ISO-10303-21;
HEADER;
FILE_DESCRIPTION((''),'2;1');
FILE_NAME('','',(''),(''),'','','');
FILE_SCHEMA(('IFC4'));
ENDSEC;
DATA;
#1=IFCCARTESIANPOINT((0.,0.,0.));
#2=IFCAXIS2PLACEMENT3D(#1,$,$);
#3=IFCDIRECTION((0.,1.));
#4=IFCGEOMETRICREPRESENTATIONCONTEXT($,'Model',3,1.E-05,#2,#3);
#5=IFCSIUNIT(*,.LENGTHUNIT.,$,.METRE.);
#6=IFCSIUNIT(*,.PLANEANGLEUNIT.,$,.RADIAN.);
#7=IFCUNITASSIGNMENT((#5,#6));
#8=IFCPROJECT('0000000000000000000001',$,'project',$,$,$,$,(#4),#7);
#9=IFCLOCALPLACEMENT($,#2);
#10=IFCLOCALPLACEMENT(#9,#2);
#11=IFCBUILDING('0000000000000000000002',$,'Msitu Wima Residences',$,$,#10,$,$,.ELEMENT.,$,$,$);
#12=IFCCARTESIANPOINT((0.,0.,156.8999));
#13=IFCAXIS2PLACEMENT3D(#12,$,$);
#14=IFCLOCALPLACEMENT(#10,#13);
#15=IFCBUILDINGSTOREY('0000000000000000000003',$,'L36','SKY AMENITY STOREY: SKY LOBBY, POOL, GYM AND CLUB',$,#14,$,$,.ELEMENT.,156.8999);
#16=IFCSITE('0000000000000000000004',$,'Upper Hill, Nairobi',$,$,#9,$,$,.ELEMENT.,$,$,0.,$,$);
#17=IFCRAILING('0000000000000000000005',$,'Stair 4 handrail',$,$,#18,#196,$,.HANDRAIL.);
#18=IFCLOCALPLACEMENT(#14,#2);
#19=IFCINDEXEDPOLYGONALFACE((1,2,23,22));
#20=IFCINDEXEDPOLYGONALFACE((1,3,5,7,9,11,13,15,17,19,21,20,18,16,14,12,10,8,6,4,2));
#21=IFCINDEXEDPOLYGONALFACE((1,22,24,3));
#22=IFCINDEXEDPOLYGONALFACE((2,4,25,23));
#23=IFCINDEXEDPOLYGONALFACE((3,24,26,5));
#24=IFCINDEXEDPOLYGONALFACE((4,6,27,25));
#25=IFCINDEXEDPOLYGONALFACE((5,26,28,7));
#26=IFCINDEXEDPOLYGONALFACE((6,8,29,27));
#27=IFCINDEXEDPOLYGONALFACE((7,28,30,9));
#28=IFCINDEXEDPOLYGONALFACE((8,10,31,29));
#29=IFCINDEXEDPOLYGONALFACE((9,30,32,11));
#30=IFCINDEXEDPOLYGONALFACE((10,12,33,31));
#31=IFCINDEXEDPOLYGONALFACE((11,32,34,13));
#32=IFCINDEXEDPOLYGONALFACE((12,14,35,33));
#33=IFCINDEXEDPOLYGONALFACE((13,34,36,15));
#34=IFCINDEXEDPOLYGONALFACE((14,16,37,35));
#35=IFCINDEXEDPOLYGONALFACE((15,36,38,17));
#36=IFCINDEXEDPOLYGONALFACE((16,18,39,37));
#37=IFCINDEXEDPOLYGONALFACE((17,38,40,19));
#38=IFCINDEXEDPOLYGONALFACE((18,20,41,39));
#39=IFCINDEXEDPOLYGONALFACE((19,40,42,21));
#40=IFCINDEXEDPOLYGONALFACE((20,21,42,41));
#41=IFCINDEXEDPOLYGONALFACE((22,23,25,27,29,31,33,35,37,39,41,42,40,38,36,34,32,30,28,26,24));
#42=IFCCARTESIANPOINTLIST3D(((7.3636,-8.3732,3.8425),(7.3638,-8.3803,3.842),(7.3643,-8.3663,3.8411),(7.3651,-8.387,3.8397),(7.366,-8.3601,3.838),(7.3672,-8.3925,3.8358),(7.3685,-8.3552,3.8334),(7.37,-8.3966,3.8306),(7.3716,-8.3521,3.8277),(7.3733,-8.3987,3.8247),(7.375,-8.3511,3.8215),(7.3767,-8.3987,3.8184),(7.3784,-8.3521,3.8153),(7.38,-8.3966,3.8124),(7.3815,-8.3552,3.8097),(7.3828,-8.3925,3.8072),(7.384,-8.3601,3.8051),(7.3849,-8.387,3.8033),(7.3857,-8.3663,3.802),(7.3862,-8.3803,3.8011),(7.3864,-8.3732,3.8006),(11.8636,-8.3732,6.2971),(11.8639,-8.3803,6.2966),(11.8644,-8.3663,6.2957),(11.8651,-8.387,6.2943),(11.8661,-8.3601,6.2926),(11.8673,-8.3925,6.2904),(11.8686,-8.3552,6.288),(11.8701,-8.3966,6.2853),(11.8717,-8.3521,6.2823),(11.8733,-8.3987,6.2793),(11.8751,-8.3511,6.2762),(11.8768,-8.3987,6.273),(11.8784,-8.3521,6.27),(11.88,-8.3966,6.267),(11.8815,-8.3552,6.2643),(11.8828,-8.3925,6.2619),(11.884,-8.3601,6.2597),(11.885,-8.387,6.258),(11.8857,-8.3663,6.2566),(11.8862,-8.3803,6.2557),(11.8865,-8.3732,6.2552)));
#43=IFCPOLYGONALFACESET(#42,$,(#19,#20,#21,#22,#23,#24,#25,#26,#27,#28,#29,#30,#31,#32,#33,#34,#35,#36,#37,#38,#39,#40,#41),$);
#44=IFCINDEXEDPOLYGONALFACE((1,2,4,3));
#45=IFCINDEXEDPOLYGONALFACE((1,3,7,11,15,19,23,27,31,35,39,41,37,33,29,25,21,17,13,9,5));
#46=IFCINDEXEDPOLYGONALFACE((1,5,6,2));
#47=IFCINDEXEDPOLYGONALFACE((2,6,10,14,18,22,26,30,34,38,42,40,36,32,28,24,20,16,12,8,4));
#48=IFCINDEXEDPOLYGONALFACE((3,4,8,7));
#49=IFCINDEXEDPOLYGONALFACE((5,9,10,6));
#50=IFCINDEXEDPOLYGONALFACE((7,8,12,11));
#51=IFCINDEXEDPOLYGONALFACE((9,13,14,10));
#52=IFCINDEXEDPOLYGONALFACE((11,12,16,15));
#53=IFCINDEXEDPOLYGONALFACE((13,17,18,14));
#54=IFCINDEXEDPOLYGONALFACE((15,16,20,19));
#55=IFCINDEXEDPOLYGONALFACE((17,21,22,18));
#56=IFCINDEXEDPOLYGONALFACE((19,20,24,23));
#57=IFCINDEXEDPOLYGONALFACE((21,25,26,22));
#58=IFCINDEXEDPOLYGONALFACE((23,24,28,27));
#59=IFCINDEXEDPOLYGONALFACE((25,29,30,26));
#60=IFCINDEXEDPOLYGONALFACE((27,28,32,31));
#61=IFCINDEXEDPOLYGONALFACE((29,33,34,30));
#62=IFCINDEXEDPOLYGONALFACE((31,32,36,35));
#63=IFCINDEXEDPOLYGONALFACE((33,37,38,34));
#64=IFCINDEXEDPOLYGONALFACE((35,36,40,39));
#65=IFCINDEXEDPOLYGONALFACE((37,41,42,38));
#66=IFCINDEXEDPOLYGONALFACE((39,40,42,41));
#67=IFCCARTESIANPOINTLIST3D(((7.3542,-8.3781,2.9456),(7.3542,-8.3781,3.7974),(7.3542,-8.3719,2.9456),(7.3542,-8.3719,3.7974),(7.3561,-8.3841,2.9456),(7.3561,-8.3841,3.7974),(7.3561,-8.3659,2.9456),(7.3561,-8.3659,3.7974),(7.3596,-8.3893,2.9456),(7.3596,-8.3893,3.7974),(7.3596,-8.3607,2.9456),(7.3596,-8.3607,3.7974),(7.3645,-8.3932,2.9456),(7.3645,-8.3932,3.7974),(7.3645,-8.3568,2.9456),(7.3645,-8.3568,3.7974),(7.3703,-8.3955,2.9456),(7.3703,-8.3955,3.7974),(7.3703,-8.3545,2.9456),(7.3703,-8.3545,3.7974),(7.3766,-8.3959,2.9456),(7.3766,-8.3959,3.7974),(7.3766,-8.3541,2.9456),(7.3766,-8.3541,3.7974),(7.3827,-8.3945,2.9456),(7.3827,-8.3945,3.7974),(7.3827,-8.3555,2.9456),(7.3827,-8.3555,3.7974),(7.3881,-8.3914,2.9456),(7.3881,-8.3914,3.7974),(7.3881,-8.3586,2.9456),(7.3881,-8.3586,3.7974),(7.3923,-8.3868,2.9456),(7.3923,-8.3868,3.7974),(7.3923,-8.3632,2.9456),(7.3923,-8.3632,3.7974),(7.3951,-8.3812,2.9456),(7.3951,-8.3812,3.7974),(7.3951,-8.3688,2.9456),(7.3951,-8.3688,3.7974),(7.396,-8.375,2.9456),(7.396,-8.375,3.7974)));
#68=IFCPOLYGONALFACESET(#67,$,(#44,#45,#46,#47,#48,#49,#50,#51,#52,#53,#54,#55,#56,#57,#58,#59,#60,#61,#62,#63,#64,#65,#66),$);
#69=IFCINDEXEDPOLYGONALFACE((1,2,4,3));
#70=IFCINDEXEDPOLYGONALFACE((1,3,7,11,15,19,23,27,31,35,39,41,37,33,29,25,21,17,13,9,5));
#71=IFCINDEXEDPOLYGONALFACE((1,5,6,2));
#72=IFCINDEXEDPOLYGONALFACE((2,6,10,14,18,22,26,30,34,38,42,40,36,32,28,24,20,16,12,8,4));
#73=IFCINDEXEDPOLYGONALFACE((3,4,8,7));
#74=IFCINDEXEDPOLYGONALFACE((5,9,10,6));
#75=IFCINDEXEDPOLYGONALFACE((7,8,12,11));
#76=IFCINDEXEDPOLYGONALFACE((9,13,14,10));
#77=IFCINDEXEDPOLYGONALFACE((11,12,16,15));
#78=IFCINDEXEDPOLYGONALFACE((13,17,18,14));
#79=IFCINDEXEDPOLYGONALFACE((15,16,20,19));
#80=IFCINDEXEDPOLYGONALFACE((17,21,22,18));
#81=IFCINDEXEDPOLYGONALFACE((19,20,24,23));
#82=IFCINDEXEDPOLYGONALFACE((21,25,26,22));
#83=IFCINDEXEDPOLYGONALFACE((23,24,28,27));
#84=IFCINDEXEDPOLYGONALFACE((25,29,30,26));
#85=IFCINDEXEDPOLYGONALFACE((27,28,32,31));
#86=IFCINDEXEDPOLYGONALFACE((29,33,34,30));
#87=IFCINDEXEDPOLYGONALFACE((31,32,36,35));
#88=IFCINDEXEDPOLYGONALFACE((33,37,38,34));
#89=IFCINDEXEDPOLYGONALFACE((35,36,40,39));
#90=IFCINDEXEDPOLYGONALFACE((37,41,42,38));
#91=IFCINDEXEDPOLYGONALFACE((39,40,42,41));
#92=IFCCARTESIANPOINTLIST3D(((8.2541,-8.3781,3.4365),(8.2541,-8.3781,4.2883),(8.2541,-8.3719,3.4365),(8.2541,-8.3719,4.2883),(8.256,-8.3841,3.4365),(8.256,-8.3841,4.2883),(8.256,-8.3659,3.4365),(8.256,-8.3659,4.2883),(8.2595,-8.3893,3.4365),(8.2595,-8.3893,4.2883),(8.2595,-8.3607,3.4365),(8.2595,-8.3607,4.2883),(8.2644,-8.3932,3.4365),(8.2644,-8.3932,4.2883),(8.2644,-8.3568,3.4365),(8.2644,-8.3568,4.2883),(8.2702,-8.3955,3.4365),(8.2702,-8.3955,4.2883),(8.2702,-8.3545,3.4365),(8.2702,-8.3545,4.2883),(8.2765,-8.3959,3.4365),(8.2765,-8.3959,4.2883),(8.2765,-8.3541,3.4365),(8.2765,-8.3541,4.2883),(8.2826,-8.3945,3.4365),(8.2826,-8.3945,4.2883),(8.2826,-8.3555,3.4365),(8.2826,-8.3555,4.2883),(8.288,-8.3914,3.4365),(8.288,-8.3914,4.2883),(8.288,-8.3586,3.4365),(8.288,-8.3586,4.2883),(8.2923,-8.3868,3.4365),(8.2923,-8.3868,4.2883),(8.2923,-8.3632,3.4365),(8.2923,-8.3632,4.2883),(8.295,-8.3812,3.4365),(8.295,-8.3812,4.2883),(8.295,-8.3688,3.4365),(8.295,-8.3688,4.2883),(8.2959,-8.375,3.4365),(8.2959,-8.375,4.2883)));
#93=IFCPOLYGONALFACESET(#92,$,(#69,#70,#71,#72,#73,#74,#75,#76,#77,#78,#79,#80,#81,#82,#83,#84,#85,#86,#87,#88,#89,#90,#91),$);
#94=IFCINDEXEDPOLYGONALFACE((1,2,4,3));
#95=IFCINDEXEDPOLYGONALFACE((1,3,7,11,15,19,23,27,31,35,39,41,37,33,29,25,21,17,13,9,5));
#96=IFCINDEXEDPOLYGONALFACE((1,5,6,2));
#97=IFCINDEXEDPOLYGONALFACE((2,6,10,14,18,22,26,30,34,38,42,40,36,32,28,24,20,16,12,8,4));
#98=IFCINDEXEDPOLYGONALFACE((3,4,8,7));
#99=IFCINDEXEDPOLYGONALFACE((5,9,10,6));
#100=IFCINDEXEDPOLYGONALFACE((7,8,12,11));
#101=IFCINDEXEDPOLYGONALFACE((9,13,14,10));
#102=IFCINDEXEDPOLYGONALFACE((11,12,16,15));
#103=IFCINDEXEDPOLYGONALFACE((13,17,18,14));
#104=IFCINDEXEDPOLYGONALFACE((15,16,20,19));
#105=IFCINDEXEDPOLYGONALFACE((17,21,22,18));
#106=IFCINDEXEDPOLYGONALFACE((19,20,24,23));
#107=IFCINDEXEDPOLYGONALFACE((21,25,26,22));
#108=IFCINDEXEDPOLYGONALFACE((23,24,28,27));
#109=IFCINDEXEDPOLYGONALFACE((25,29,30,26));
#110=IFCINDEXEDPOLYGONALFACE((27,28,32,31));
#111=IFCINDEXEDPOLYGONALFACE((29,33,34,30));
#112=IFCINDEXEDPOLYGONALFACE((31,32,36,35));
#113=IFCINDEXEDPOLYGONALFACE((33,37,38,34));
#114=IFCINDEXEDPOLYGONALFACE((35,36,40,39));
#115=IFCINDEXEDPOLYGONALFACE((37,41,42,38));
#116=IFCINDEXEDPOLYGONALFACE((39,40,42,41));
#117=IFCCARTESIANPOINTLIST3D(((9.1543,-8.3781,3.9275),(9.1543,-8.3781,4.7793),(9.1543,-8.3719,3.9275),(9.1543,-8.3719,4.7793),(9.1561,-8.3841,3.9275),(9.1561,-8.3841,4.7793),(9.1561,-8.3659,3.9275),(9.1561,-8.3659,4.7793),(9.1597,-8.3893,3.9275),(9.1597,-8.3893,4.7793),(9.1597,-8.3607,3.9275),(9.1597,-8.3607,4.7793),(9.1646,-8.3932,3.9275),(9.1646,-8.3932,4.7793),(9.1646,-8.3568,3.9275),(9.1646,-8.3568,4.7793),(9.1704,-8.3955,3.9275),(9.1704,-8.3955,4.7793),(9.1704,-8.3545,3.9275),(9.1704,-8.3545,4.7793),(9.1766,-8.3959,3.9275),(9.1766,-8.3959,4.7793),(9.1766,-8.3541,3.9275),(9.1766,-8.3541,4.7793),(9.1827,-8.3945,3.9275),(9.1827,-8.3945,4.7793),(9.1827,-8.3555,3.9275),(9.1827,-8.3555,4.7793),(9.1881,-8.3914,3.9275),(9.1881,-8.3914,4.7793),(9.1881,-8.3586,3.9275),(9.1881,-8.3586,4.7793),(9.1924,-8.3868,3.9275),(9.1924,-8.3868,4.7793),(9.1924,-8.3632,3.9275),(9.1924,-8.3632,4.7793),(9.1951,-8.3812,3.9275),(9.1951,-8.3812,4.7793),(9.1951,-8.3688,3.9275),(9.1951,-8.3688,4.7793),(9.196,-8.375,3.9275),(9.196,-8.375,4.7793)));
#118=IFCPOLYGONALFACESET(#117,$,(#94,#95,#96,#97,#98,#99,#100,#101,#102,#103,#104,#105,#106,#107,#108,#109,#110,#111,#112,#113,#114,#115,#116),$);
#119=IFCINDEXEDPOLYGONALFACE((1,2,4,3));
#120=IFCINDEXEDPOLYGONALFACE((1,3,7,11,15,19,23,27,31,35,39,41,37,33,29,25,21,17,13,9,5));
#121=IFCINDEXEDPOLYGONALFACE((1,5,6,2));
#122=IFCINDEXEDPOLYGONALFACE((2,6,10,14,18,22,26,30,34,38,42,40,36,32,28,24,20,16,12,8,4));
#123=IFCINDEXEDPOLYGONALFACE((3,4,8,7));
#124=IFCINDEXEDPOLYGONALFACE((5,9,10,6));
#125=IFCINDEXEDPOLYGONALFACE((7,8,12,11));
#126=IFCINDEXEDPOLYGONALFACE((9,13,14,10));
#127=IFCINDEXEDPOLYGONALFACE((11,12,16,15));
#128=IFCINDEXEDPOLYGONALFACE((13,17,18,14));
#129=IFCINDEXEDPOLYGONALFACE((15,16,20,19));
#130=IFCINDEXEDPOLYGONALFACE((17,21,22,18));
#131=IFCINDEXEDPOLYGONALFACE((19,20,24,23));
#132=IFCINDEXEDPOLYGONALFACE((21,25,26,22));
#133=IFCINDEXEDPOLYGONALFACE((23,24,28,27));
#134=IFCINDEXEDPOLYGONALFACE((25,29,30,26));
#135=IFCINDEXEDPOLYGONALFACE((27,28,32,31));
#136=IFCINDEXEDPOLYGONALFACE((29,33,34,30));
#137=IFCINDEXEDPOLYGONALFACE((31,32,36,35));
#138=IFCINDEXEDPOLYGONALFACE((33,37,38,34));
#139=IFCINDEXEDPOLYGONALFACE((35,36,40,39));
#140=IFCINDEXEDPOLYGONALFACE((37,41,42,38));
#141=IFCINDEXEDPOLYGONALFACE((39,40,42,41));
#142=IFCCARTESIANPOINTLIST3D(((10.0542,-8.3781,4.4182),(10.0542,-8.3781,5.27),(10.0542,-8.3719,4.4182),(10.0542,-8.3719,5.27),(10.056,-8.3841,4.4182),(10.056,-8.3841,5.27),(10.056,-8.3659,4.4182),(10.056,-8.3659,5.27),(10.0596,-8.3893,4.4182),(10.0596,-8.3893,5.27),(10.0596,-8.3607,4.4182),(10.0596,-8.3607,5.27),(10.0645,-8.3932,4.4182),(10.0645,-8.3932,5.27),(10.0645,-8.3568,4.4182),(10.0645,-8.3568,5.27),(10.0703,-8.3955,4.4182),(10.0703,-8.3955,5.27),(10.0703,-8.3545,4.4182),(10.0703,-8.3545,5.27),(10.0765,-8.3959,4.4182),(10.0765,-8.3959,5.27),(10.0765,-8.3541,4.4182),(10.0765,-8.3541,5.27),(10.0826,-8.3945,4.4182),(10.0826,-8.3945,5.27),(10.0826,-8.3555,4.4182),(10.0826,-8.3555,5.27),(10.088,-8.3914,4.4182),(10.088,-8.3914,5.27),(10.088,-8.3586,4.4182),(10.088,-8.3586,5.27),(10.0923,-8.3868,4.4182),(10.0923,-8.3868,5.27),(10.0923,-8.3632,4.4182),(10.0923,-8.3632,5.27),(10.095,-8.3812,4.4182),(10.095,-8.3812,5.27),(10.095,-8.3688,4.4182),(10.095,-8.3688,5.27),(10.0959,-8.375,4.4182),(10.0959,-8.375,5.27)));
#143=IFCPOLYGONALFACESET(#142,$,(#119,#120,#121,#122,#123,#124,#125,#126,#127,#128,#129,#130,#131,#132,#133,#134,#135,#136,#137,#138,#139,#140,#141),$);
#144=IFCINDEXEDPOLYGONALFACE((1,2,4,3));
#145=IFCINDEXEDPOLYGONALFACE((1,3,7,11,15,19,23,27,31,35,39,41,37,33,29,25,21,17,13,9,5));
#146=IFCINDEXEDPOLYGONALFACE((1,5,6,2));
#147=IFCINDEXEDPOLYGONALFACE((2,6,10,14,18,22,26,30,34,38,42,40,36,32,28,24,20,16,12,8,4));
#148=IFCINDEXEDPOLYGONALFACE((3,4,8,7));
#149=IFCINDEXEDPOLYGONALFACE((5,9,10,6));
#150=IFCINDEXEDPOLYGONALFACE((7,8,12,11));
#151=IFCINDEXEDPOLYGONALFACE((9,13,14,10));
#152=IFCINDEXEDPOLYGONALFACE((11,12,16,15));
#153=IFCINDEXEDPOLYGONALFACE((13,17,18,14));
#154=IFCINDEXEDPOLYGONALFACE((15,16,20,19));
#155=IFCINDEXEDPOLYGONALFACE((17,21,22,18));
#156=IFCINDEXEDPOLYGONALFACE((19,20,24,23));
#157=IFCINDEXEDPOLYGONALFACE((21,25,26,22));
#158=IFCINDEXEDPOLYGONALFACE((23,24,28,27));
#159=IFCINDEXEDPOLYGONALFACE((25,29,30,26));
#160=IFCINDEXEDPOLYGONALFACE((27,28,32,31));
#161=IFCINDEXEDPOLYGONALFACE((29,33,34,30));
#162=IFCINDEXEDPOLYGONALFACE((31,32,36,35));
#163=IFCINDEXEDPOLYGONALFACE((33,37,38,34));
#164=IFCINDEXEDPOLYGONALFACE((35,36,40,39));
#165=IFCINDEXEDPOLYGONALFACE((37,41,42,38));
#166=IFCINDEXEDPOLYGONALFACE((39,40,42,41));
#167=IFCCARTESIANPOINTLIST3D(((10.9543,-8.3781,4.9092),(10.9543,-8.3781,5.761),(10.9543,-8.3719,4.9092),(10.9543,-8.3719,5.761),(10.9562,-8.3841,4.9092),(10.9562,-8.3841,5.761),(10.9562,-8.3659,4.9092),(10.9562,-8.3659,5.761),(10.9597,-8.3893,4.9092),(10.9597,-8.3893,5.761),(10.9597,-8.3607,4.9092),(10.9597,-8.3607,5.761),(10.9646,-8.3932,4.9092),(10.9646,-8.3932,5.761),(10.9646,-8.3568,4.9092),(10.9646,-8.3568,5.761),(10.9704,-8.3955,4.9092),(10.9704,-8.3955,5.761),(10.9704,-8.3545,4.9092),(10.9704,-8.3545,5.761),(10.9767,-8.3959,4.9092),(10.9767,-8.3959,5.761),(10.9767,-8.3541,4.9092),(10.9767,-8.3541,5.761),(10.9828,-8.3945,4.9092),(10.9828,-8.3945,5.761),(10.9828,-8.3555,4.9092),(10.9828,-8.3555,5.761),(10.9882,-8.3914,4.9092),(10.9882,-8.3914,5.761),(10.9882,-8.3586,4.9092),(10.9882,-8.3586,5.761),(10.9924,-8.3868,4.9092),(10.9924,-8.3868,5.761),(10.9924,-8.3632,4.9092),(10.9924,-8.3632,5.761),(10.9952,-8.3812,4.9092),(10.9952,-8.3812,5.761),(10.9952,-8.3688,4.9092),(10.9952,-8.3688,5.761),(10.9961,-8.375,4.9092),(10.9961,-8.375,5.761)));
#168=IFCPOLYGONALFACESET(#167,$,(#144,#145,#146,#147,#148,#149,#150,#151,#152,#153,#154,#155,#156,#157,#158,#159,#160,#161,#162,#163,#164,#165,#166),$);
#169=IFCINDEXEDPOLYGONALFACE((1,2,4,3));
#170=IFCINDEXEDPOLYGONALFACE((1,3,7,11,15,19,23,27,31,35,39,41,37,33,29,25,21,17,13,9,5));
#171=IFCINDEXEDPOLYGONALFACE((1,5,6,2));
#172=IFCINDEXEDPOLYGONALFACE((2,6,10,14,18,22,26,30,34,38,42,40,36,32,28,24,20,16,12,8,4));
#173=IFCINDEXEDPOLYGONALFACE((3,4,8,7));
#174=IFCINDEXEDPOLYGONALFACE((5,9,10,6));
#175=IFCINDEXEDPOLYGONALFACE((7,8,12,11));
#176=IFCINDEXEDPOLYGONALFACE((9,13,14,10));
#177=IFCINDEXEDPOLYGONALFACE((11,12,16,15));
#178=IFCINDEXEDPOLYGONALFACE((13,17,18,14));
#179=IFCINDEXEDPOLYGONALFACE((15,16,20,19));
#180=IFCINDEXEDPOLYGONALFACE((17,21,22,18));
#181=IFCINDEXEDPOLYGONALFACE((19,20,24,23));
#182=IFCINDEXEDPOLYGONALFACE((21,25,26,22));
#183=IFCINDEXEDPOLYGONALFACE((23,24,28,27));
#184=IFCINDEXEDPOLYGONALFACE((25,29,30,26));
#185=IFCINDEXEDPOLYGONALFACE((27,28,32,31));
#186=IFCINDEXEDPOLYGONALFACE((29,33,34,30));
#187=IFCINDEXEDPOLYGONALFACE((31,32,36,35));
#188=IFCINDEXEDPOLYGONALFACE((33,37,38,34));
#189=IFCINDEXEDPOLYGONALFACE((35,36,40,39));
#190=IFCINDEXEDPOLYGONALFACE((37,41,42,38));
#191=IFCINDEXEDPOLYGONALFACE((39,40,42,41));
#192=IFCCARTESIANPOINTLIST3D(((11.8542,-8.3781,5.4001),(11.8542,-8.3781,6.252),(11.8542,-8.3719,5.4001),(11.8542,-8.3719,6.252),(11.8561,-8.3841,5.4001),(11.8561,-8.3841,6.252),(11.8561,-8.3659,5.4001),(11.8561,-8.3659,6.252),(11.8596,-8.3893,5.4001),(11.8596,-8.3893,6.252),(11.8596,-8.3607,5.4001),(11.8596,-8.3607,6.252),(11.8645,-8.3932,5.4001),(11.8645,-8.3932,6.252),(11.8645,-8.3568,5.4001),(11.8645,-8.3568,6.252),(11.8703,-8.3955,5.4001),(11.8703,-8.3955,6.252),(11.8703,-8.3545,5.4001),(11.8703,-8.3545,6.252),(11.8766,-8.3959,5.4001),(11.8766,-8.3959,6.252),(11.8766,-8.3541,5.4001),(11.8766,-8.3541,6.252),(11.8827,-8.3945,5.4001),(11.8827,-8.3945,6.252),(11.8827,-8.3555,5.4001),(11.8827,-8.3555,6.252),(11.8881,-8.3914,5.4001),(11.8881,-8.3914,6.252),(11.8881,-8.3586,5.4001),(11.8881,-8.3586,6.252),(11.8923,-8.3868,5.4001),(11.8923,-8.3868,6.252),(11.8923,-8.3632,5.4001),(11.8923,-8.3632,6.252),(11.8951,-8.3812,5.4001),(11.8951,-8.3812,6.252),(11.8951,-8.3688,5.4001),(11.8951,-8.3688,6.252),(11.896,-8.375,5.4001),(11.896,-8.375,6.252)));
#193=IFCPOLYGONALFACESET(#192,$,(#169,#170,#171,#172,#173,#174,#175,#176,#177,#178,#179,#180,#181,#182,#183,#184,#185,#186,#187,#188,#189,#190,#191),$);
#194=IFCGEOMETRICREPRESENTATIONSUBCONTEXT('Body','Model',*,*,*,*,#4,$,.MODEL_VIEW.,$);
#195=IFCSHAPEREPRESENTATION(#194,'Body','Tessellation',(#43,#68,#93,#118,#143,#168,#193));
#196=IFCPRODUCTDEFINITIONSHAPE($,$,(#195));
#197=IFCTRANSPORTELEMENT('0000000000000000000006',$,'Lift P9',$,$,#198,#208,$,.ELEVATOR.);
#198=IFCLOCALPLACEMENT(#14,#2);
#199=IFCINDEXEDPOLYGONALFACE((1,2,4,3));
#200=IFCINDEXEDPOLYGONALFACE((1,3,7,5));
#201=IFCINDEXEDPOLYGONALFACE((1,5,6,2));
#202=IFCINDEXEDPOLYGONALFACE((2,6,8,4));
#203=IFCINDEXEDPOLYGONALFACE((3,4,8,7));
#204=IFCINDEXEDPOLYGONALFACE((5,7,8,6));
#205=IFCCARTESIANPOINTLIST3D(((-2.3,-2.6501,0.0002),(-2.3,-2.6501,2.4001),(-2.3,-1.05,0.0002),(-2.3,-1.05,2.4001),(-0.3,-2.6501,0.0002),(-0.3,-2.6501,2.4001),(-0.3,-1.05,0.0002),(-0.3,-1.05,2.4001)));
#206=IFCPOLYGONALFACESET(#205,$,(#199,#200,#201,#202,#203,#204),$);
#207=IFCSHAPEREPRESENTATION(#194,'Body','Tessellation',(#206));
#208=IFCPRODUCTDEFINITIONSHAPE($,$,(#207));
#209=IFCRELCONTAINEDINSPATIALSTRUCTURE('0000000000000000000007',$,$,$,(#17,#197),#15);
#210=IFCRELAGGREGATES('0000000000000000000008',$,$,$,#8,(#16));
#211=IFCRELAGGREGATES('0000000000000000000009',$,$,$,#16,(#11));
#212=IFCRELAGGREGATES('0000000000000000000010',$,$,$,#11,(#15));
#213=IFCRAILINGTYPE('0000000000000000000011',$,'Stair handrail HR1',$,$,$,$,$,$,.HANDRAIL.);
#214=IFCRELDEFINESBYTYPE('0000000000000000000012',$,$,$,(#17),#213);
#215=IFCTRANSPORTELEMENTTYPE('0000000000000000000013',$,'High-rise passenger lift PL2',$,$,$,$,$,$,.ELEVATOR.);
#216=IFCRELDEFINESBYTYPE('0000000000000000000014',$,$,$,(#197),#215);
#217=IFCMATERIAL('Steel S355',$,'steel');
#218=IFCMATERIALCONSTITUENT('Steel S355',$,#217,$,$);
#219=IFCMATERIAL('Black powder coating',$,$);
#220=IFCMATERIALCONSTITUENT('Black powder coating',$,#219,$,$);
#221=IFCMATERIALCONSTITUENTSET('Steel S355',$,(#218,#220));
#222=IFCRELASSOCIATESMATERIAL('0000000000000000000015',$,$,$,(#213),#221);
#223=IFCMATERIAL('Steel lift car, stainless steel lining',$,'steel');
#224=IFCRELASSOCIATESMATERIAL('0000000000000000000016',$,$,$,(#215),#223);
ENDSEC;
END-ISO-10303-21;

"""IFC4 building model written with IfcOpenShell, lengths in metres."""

from ifc_helpers import new_model, si_unit, direction, frame, origin, origin_2d, place, context, subcontext, project, spatial, rectangle, circle, extrude, material, constituent, constituent_set, type_object, element, save


model = new_model("IFC4")

# Units and contexts
model_context = context("Model", 3, precision=1e-05, world=origin(), true_north=direction((0.0, 1.0)))
body_context = subcontext(model_context, "Body", "Model", "MODEL_VIEW")
ifc_project = project(units=[si_unit("LENGTHUNIT", "METRE"), si_unit("PLANEANGLEUNIT", "RADIAN")], contexts=[model_context])

# Site, building, storey
site_placement = place(None, origin())
site = spatial("IfcSite", under=ifc_project, at=site_placement, Name="Upper Hill, Nairobi", CompositionType="ELEMENT", RefElevation=0.0)
building_placement = place(site_placement, origin())
building = spatial("IfcBuilding", under=site, at=building_placement, Name="Msitu Wima Residences", CompositionType="ELEMENT")
storey_placement = place(building_placement, frame((0.0, 0.0, 156.8999)))
storey = spatial("IfcBuildingStorey", under=building, at=storey_placement, Name="L36", Description="SKY AMENITY STOREY: SKY LOBBY, POOL, GYM AND CLUB", CompositionType="ELEMENT", Elevation=156.8999)

# Railing
ifc_material_1 = material(Name="Steel S355", Category="steel")
ifc_constituent_1 = constituent(ifc_material_1, Name="Steel S355")
ifc_material_2 = material(Name="Black powder coating")
ifc_constituent_2 = constituent(ifc_material_2, Name="Black powder coating")
ifc_constituent_set = constituent_set(constituents=[ifc_constituent_1, ifc_constituent_2], Name="Steel S355")
railing_type = type_object("IfcRailingType", Name="Stair handrail HR1", PredefinedType="HANDRAIL", material=ifc_constituent_set)
for number, where, name in (
    (1, (7.375, -8.375, 2.9456), "Stair 4 handrail"),
):
    element("IfcRailing", number, at=place(storey_placement, frame(where)), inside=storey, type_object=railing_type, Name=name, PredefinedType="HANDRAIL", context=body_context, shape_type="SweptSolid", body=[
        extrude(circle(Radius=0.0239, at=origin_2d()), frame((0.0, 0.0, 0.876), z_axis=(0.877892, 0.0, 0.478859), x_axis=(0.0, 1.0, 0.0)), (0.0, 0.0, 1.0), 5.126),
        extrude(circle(Radius=0.021, at=origin_2d()), origin(), (0.0, 0.0, 1.0), 0.8518),
        extrude(circle(Radius=0.021, at=origin_2d()), frame((0.8999, 0.0, 0.491)), (0.0, 0.0, 1.0), 0.8518),
        extrude(circle(Radius=0.021, at=origin_2d()), frame((1.8, 0.0, 0.9819)), (0.0, 0.0, 1.0), 0.8518),
        extrude(circle(Radius=0.021, at=origin_2d()), frame((2.7, 0.0, 1.4727)), (0.0, 0.0, 1.0), 0.8518),
        extrude(circle(Radius=0.021, at=origin_2d()), frame((3.6001, 0.0, 1.9636)), (0.0, 0.0, 1.0), 0.8518),
        extrude(circle(Radius=0.021, at=origin_2d()), frame((4.5, 0.0, 2.4546)), (0.0, 0.0, 1.0), 0.8518),
    ])

# Transport element
ifc_material_3 = material(Name="Steel lift car, stainless steel lining", Category="steel")
transport_element_type = type_object("IfcTransportElementType", Name="High-rise passenger lift PL2", PredefinedType="ELEVATOR", material=ifc_material_3)
for number, where, z_axis, x_axis, name in (
    (2, (-1.3, -1.8501, 0.0002), (0.0, 0.0, 1.0), (1.0, 0.0, 0.0), "Lift P9"),
):
    element("IfcTransportElement", number, at=place(storey_placement, frame(where, z_axis=z_axis, x_axis=x_axis)), inside=storey, type_object=transport_element_type, Name=name, PredefinedType="ELEVATOR", context=body_context, shape_type="SweptSolid", body=[
        extrude(rectangle(XDim=2.0, YDim=1.6001, at=origin_2d()), origin(), (0.0, 0.0, 1.0), 2.3999),
    ])

save(model, "model.ifc")
